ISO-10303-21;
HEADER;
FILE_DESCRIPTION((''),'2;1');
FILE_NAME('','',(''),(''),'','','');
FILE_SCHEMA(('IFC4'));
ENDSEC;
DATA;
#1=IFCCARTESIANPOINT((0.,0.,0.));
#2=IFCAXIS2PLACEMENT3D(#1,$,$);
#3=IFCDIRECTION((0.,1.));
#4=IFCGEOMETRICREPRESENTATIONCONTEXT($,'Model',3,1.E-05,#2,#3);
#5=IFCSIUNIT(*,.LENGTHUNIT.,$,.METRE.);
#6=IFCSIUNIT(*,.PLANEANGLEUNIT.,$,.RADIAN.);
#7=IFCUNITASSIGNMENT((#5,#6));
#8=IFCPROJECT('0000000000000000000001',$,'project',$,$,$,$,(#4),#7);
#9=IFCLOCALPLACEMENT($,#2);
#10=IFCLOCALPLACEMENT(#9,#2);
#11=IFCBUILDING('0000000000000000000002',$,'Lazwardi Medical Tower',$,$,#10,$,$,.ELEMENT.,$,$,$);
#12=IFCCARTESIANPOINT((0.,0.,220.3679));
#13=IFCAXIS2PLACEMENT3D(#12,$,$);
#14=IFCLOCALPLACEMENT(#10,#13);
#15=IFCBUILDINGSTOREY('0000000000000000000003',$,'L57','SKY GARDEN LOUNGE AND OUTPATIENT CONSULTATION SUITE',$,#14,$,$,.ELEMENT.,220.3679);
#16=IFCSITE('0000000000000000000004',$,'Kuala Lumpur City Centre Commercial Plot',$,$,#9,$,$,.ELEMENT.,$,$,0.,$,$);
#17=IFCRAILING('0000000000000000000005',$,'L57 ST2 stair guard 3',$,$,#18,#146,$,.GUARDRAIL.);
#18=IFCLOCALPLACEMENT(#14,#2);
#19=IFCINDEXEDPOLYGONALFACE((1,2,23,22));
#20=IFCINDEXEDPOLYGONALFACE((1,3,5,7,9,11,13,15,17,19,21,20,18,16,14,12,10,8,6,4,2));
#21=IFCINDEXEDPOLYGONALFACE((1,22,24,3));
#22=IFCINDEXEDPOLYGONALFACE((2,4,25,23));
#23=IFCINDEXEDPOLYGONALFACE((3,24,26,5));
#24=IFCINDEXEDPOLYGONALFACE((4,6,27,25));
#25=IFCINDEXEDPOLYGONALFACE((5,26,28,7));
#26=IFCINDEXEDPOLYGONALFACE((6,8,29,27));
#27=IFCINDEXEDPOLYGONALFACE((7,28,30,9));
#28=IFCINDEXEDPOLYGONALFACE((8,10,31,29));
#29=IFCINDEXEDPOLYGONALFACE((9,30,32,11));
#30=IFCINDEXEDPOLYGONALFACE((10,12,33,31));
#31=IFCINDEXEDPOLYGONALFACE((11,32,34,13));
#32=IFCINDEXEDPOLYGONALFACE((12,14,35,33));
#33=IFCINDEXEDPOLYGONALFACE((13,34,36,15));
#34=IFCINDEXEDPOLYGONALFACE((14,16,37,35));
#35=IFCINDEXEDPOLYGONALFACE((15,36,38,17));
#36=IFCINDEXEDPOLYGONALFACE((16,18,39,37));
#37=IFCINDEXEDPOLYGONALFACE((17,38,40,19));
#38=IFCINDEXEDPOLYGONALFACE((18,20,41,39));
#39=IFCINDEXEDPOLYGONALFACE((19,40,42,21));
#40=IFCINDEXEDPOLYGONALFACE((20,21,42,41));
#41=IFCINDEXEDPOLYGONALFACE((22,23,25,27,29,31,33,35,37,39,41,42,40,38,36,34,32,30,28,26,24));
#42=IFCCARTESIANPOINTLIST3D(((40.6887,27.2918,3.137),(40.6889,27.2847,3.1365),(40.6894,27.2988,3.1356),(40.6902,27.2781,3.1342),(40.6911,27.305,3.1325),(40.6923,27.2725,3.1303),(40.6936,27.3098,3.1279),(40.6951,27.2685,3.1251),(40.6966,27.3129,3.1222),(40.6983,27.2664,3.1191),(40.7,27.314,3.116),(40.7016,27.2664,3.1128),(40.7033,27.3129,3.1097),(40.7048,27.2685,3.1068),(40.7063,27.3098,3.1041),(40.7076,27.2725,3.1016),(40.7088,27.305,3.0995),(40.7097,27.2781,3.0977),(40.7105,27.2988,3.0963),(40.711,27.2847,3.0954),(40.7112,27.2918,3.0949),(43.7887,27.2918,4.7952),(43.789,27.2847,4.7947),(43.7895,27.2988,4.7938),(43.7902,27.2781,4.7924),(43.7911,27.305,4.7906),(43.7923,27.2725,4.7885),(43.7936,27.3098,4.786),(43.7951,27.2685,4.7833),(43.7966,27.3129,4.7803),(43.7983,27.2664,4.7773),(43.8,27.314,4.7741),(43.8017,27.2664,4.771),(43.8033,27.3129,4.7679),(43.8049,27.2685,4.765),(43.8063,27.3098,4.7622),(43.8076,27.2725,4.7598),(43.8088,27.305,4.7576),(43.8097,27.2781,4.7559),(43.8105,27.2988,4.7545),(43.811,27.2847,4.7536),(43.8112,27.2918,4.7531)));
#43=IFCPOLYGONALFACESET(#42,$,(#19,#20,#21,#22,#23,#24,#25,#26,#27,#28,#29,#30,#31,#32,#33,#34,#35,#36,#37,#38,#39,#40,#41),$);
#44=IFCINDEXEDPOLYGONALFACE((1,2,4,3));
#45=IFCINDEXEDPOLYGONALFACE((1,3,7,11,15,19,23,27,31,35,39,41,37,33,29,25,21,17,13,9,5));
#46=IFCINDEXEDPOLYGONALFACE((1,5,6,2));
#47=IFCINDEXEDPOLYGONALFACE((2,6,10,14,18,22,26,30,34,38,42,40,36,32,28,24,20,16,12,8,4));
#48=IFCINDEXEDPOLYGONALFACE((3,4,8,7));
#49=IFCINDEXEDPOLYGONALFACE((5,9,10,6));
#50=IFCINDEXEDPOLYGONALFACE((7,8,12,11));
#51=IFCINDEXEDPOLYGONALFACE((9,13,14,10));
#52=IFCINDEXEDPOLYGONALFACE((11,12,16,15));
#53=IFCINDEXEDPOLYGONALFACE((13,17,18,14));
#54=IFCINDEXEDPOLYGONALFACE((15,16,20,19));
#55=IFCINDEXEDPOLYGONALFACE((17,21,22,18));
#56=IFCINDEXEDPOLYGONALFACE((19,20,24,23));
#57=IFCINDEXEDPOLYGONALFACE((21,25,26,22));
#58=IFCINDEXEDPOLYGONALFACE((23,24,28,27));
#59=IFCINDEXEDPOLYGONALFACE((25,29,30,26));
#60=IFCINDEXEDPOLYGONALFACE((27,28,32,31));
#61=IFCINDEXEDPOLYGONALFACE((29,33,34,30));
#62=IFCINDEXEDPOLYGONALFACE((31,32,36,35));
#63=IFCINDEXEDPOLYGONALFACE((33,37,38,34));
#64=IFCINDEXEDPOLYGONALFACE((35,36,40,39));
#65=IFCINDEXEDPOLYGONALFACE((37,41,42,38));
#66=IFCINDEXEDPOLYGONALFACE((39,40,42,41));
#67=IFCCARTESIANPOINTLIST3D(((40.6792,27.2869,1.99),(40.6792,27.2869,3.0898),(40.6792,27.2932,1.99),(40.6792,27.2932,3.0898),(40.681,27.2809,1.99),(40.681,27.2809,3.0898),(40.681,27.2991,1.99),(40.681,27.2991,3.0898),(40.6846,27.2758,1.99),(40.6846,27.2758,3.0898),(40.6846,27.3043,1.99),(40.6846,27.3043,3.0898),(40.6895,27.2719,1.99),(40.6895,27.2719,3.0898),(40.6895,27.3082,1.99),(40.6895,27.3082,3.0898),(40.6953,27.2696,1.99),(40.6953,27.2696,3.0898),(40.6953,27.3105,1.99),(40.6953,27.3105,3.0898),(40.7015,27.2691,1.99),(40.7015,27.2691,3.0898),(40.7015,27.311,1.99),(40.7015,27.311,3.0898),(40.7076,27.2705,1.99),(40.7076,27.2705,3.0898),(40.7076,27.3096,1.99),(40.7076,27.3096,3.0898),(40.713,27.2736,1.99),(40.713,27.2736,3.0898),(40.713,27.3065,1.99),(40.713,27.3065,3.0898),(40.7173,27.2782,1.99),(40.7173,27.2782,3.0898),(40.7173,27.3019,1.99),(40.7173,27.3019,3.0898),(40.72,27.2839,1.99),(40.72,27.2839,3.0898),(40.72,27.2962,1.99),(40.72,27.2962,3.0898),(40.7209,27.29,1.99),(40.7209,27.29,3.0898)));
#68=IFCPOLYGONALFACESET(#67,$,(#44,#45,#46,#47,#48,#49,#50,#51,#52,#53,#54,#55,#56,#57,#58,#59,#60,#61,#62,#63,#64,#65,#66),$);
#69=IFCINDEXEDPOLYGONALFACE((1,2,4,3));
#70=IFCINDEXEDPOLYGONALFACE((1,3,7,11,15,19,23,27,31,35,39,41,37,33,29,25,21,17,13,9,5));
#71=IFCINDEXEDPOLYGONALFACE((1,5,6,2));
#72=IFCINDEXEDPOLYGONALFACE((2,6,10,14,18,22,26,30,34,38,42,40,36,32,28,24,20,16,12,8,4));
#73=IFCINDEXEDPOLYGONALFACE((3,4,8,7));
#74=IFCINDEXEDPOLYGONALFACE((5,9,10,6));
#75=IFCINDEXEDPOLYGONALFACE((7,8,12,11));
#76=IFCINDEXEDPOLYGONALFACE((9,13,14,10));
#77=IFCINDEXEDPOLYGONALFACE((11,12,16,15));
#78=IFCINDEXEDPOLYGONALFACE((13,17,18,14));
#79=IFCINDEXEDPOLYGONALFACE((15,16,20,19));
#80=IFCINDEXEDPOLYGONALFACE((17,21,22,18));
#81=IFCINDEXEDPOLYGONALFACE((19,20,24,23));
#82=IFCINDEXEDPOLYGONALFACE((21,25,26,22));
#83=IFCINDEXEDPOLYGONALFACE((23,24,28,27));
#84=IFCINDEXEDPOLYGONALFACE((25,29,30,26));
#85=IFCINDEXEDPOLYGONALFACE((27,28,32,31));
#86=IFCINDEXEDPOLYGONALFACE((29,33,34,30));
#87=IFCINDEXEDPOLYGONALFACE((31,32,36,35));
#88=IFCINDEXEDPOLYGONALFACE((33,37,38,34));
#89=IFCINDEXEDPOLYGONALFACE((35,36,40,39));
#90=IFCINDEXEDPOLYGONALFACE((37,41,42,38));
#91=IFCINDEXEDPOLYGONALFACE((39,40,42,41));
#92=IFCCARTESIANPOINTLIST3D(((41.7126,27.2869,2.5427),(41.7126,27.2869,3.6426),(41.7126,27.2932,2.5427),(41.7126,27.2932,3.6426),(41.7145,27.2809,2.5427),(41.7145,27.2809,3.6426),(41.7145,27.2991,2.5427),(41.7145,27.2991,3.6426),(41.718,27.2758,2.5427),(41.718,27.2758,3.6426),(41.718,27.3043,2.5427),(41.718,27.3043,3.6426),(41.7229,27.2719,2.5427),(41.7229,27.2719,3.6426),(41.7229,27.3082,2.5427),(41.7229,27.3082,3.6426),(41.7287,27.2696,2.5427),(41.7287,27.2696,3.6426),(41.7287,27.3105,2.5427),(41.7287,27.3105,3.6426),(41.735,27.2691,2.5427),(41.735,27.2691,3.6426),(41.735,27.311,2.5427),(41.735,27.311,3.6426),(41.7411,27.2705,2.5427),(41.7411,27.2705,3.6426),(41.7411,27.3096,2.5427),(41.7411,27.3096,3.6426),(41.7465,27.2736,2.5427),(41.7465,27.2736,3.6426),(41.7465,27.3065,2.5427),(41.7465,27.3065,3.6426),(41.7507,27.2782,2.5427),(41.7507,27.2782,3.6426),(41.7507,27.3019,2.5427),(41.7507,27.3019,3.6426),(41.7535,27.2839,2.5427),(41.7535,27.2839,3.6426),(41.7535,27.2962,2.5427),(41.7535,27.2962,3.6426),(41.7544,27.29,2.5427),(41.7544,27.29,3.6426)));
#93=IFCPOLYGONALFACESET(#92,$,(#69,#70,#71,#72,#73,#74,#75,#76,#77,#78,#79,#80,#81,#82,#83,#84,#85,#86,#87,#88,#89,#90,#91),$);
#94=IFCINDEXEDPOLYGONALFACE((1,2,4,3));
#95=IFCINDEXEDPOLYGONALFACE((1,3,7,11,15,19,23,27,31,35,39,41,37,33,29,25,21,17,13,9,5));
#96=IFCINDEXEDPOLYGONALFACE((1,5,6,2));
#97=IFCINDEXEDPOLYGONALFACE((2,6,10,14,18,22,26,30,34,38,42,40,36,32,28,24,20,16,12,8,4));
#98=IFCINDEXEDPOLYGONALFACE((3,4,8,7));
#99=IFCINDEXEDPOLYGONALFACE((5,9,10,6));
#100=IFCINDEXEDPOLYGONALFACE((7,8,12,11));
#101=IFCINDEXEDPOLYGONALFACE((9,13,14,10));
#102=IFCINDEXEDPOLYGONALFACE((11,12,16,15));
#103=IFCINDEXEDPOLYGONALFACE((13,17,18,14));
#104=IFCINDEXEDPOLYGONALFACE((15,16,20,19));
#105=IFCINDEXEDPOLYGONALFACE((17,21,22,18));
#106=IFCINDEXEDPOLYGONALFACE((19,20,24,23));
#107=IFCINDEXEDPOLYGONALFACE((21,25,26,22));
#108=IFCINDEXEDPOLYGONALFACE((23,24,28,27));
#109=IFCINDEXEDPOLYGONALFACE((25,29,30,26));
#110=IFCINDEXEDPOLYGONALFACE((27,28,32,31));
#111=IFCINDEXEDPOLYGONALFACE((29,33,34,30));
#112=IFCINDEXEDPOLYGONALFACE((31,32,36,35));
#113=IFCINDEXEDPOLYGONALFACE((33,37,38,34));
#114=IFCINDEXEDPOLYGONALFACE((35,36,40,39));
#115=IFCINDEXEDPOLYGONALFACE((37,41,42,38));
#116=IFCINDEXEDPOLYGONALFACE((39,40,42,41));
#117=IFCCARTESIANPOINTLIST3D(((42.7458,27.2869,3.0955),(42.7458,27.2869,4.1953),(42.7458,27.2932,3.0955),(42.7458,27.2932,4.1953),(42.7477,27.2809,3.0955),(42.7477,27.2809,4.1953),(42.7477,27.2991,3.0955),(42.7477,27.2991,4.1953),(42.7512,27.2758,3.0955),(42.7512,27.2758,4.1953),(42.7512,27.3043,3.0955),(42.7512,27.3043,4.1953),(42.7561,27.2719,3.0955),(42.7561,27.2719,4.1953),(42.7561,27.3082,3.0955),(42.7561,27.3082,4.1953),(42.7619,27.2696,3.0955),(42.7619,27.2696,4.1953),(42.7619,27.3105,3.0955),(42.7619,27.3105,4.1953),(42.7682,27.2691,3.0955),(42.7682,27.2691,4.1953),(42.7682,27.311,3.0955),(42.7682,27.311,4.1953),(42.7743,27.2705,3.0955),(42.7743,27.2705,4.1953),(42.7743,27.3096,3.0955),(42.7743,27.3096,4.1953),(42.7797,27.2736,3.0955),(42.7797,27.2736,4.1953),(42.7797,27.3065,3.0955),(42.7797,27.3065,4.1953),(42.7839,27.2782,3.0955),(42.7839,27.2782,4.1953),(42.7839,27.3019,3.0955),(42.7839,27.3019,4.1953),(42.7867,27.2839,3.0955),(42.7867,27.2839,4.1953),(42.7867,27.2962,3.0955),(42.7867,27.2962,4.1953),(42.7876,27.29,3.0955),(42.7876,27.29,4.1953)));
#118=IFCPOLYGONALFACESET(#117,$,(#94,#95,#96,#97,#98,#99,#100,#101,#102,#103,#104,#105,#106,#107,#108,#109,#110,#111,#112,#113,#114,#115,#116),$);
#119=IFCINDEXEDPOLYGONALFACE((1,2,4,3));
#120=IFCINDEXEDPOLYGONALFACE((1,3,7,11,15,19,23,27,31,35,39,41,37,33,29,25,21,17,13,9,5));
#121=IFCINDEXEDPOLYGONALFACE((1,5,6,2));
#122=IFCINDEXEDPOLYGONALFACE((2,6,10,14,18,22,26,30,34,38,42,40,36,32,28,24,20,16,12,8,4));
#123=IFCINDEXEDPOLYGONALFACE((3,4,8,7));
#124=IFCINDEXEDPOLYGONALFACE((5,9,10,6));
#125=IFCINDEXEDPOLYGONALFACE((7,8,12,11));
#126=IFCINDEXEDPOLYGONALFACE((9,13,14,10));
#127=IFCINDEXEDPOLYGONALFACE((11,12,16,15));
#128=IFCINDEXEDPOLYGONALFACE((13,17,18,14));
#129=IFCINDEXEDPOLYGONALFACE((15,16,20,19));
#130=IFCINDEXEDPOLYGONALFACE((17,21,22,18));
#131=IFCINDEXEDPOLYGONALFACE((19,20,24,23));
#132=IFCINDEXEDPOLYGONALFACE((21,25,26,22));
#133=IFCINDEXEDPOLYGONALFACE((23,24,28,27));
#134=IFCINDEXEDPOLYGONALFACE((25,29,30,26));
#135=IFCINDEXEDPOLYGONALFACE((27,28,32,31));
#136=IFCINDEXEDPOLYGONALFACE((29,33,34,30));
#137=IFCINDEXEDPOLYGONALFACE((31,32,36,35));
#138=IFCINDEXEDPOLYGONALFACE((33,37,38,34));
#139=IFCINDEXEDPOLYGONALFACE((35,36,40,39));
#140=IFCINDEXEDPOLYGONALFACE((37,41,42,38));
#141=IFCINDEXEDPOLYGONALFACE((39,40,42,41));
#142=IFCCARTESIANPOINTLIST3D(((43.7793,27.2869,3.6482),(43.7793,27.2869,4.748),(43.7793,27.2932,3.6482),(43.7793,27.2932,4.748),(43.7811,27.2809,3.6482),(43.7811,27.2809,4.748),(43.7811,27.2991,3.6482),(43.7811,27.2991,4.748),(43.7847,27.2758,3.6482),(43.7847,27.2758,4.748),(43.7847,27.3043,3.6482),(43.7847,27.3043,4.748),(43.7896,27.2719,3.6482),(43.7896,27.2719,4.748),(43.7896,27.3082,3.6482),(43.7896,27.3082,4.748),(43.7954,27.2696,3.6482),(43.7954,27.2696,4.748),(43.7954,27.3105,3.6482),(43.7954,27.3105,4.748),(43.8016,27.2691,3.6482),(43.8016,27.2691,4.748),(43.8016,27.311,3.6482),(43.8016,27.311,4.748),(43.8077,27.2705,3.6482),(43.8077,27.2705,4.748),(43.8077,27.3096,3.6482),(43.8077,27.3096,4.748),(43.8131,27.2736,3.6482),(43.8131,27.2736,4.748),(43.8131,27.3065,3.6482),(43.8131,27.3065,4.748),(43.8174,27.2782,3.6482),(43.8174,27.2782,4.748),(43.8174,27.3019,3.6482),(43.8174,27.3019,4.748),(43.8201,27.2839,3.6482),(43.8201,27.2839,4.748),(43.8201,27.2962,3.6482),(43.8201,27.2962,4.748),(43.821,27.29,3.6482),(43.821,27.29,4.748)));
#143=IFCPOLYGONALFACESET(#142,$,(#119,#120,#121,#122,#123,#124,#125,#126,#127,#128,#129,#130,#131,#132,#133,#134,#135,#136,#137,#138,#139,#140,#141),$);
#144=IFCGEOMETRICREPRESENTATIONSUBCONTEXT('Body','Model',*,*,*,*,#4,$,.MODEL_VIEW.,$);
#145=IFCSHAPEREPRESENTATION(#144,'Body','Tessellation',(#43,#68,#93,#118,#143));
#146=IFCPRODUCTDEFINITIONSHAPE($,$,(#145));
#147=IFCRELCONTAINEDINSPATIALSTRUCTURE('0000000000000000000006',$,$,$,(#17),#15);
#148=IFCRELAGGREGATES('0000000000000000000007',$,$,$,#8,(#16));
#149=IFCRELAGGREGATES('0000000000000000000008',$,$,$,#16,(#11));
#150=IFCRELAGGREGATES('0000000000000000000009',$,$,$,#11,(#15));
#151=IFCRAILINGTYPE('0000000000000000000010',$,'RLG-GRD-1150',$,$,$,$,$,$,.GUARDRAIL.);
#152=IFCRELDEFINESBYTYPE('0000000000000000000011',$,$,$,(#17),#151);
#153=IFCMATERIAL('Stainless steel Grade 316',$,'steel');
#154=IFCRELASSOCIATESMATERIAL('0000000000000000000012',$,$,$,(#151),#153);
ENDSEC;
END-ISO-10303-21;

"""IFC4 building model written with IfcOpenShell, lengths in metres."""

from ifc_helpers import new_model, si_unit, direction, frame, origin, origin_2d, place, context, subcontext, project, spatial, circle, extrude, material, type_object, element, save


model = new_model("IFC4")

# Units and contexts
model_context = context("Model", 3, precision=1e-05, world=origin(), true_north=direction((0.0, 1.0)))
body_context = subcontext(model_context, "Body", "Model", "MODEL_VIEW")
ifc_project = project(units=[si_unit("LENGTHUNIT", "METRE"), si_unit("PLANEANGLEUNIT", "RADIAN")], contexts=[model_context])

# Site, building, storey
site_placement = place(None, origin())
site = spatial("IfcSite", under=ifc_project, at=site_placement, Name="Kuala Lumpur City Centre Commercial Plot", CompositionType="ELEMENT", RefElevation=0.0)
building_placement = place(site_placement, origin())
building = spatial("IfcBuilding", under=site, at=building_placement, Name="Lazwardi Medical Tower", CompositionType="ELEMENT")
storey_placement = place(building_placement, frame((0.0, 0.0, 220.3679)))
storey = spatial("IfcBuildingStorey", under=building, at=storey_placement, Name="L57", Description="SKY GARDEN LOUNGE AND OUTPATIENT CONSULTATION SUITE", CompositionType="ELEMENT", Elevation=220.3679)

# Railing
ifc_material_1 = material(Name="Stainless steel Grade 316", Category="steel")
railing_type_1 = type_object("IfcRailingType", Name="RLG-GRD-1150", PredefinedType="GUARDRAIL", material=ifc_material_1)
railing_1_placement = place(storey_placement, frame((40.7, 27.29, 1.99)))
element("IfcRailing", 1, at=railing_1_placement, inside=storey, type_object=railing_type_1, Name="L57 ST2 stair guard 3", PredefinedType="GUARDRAIL", context=body_context, shape_type="SweptSolid", body=[
    extrude(circle(Radius=0.0239, at=origin_2d()), frame((0.0, 0.0, 1.126), z_axis=(0.881783, 0.0, 0.471655), x_axis=(0.0, 1.0, 0.0)), (0.0, 0.0, 1.0), 3.5156),
    extrude(circle(Radius=0.021, at=origin_2d()), origin(), (0.0, 0.0, 1.0), 1.0999),
    extrude(circle(Radius=0.021, at=origin_2d()), frame((1.0334, 0.0, 0.5527)), (0.0, 0.0, 1.0), 1.0999),
    extrude(circle(Radius=0.021, at=origin_2d()), frame((2.0667, 0.0, 1.1055)), (0.0, 0.0, 1.0), 1.0999),
    extrude(circle(Radius=0.021, at=origin_2d()), frame((3.1001, 0.0, 1.6582)), (0.0, 0.0, 1.0), 1.0999),
])

save(model, "model.ifc")
